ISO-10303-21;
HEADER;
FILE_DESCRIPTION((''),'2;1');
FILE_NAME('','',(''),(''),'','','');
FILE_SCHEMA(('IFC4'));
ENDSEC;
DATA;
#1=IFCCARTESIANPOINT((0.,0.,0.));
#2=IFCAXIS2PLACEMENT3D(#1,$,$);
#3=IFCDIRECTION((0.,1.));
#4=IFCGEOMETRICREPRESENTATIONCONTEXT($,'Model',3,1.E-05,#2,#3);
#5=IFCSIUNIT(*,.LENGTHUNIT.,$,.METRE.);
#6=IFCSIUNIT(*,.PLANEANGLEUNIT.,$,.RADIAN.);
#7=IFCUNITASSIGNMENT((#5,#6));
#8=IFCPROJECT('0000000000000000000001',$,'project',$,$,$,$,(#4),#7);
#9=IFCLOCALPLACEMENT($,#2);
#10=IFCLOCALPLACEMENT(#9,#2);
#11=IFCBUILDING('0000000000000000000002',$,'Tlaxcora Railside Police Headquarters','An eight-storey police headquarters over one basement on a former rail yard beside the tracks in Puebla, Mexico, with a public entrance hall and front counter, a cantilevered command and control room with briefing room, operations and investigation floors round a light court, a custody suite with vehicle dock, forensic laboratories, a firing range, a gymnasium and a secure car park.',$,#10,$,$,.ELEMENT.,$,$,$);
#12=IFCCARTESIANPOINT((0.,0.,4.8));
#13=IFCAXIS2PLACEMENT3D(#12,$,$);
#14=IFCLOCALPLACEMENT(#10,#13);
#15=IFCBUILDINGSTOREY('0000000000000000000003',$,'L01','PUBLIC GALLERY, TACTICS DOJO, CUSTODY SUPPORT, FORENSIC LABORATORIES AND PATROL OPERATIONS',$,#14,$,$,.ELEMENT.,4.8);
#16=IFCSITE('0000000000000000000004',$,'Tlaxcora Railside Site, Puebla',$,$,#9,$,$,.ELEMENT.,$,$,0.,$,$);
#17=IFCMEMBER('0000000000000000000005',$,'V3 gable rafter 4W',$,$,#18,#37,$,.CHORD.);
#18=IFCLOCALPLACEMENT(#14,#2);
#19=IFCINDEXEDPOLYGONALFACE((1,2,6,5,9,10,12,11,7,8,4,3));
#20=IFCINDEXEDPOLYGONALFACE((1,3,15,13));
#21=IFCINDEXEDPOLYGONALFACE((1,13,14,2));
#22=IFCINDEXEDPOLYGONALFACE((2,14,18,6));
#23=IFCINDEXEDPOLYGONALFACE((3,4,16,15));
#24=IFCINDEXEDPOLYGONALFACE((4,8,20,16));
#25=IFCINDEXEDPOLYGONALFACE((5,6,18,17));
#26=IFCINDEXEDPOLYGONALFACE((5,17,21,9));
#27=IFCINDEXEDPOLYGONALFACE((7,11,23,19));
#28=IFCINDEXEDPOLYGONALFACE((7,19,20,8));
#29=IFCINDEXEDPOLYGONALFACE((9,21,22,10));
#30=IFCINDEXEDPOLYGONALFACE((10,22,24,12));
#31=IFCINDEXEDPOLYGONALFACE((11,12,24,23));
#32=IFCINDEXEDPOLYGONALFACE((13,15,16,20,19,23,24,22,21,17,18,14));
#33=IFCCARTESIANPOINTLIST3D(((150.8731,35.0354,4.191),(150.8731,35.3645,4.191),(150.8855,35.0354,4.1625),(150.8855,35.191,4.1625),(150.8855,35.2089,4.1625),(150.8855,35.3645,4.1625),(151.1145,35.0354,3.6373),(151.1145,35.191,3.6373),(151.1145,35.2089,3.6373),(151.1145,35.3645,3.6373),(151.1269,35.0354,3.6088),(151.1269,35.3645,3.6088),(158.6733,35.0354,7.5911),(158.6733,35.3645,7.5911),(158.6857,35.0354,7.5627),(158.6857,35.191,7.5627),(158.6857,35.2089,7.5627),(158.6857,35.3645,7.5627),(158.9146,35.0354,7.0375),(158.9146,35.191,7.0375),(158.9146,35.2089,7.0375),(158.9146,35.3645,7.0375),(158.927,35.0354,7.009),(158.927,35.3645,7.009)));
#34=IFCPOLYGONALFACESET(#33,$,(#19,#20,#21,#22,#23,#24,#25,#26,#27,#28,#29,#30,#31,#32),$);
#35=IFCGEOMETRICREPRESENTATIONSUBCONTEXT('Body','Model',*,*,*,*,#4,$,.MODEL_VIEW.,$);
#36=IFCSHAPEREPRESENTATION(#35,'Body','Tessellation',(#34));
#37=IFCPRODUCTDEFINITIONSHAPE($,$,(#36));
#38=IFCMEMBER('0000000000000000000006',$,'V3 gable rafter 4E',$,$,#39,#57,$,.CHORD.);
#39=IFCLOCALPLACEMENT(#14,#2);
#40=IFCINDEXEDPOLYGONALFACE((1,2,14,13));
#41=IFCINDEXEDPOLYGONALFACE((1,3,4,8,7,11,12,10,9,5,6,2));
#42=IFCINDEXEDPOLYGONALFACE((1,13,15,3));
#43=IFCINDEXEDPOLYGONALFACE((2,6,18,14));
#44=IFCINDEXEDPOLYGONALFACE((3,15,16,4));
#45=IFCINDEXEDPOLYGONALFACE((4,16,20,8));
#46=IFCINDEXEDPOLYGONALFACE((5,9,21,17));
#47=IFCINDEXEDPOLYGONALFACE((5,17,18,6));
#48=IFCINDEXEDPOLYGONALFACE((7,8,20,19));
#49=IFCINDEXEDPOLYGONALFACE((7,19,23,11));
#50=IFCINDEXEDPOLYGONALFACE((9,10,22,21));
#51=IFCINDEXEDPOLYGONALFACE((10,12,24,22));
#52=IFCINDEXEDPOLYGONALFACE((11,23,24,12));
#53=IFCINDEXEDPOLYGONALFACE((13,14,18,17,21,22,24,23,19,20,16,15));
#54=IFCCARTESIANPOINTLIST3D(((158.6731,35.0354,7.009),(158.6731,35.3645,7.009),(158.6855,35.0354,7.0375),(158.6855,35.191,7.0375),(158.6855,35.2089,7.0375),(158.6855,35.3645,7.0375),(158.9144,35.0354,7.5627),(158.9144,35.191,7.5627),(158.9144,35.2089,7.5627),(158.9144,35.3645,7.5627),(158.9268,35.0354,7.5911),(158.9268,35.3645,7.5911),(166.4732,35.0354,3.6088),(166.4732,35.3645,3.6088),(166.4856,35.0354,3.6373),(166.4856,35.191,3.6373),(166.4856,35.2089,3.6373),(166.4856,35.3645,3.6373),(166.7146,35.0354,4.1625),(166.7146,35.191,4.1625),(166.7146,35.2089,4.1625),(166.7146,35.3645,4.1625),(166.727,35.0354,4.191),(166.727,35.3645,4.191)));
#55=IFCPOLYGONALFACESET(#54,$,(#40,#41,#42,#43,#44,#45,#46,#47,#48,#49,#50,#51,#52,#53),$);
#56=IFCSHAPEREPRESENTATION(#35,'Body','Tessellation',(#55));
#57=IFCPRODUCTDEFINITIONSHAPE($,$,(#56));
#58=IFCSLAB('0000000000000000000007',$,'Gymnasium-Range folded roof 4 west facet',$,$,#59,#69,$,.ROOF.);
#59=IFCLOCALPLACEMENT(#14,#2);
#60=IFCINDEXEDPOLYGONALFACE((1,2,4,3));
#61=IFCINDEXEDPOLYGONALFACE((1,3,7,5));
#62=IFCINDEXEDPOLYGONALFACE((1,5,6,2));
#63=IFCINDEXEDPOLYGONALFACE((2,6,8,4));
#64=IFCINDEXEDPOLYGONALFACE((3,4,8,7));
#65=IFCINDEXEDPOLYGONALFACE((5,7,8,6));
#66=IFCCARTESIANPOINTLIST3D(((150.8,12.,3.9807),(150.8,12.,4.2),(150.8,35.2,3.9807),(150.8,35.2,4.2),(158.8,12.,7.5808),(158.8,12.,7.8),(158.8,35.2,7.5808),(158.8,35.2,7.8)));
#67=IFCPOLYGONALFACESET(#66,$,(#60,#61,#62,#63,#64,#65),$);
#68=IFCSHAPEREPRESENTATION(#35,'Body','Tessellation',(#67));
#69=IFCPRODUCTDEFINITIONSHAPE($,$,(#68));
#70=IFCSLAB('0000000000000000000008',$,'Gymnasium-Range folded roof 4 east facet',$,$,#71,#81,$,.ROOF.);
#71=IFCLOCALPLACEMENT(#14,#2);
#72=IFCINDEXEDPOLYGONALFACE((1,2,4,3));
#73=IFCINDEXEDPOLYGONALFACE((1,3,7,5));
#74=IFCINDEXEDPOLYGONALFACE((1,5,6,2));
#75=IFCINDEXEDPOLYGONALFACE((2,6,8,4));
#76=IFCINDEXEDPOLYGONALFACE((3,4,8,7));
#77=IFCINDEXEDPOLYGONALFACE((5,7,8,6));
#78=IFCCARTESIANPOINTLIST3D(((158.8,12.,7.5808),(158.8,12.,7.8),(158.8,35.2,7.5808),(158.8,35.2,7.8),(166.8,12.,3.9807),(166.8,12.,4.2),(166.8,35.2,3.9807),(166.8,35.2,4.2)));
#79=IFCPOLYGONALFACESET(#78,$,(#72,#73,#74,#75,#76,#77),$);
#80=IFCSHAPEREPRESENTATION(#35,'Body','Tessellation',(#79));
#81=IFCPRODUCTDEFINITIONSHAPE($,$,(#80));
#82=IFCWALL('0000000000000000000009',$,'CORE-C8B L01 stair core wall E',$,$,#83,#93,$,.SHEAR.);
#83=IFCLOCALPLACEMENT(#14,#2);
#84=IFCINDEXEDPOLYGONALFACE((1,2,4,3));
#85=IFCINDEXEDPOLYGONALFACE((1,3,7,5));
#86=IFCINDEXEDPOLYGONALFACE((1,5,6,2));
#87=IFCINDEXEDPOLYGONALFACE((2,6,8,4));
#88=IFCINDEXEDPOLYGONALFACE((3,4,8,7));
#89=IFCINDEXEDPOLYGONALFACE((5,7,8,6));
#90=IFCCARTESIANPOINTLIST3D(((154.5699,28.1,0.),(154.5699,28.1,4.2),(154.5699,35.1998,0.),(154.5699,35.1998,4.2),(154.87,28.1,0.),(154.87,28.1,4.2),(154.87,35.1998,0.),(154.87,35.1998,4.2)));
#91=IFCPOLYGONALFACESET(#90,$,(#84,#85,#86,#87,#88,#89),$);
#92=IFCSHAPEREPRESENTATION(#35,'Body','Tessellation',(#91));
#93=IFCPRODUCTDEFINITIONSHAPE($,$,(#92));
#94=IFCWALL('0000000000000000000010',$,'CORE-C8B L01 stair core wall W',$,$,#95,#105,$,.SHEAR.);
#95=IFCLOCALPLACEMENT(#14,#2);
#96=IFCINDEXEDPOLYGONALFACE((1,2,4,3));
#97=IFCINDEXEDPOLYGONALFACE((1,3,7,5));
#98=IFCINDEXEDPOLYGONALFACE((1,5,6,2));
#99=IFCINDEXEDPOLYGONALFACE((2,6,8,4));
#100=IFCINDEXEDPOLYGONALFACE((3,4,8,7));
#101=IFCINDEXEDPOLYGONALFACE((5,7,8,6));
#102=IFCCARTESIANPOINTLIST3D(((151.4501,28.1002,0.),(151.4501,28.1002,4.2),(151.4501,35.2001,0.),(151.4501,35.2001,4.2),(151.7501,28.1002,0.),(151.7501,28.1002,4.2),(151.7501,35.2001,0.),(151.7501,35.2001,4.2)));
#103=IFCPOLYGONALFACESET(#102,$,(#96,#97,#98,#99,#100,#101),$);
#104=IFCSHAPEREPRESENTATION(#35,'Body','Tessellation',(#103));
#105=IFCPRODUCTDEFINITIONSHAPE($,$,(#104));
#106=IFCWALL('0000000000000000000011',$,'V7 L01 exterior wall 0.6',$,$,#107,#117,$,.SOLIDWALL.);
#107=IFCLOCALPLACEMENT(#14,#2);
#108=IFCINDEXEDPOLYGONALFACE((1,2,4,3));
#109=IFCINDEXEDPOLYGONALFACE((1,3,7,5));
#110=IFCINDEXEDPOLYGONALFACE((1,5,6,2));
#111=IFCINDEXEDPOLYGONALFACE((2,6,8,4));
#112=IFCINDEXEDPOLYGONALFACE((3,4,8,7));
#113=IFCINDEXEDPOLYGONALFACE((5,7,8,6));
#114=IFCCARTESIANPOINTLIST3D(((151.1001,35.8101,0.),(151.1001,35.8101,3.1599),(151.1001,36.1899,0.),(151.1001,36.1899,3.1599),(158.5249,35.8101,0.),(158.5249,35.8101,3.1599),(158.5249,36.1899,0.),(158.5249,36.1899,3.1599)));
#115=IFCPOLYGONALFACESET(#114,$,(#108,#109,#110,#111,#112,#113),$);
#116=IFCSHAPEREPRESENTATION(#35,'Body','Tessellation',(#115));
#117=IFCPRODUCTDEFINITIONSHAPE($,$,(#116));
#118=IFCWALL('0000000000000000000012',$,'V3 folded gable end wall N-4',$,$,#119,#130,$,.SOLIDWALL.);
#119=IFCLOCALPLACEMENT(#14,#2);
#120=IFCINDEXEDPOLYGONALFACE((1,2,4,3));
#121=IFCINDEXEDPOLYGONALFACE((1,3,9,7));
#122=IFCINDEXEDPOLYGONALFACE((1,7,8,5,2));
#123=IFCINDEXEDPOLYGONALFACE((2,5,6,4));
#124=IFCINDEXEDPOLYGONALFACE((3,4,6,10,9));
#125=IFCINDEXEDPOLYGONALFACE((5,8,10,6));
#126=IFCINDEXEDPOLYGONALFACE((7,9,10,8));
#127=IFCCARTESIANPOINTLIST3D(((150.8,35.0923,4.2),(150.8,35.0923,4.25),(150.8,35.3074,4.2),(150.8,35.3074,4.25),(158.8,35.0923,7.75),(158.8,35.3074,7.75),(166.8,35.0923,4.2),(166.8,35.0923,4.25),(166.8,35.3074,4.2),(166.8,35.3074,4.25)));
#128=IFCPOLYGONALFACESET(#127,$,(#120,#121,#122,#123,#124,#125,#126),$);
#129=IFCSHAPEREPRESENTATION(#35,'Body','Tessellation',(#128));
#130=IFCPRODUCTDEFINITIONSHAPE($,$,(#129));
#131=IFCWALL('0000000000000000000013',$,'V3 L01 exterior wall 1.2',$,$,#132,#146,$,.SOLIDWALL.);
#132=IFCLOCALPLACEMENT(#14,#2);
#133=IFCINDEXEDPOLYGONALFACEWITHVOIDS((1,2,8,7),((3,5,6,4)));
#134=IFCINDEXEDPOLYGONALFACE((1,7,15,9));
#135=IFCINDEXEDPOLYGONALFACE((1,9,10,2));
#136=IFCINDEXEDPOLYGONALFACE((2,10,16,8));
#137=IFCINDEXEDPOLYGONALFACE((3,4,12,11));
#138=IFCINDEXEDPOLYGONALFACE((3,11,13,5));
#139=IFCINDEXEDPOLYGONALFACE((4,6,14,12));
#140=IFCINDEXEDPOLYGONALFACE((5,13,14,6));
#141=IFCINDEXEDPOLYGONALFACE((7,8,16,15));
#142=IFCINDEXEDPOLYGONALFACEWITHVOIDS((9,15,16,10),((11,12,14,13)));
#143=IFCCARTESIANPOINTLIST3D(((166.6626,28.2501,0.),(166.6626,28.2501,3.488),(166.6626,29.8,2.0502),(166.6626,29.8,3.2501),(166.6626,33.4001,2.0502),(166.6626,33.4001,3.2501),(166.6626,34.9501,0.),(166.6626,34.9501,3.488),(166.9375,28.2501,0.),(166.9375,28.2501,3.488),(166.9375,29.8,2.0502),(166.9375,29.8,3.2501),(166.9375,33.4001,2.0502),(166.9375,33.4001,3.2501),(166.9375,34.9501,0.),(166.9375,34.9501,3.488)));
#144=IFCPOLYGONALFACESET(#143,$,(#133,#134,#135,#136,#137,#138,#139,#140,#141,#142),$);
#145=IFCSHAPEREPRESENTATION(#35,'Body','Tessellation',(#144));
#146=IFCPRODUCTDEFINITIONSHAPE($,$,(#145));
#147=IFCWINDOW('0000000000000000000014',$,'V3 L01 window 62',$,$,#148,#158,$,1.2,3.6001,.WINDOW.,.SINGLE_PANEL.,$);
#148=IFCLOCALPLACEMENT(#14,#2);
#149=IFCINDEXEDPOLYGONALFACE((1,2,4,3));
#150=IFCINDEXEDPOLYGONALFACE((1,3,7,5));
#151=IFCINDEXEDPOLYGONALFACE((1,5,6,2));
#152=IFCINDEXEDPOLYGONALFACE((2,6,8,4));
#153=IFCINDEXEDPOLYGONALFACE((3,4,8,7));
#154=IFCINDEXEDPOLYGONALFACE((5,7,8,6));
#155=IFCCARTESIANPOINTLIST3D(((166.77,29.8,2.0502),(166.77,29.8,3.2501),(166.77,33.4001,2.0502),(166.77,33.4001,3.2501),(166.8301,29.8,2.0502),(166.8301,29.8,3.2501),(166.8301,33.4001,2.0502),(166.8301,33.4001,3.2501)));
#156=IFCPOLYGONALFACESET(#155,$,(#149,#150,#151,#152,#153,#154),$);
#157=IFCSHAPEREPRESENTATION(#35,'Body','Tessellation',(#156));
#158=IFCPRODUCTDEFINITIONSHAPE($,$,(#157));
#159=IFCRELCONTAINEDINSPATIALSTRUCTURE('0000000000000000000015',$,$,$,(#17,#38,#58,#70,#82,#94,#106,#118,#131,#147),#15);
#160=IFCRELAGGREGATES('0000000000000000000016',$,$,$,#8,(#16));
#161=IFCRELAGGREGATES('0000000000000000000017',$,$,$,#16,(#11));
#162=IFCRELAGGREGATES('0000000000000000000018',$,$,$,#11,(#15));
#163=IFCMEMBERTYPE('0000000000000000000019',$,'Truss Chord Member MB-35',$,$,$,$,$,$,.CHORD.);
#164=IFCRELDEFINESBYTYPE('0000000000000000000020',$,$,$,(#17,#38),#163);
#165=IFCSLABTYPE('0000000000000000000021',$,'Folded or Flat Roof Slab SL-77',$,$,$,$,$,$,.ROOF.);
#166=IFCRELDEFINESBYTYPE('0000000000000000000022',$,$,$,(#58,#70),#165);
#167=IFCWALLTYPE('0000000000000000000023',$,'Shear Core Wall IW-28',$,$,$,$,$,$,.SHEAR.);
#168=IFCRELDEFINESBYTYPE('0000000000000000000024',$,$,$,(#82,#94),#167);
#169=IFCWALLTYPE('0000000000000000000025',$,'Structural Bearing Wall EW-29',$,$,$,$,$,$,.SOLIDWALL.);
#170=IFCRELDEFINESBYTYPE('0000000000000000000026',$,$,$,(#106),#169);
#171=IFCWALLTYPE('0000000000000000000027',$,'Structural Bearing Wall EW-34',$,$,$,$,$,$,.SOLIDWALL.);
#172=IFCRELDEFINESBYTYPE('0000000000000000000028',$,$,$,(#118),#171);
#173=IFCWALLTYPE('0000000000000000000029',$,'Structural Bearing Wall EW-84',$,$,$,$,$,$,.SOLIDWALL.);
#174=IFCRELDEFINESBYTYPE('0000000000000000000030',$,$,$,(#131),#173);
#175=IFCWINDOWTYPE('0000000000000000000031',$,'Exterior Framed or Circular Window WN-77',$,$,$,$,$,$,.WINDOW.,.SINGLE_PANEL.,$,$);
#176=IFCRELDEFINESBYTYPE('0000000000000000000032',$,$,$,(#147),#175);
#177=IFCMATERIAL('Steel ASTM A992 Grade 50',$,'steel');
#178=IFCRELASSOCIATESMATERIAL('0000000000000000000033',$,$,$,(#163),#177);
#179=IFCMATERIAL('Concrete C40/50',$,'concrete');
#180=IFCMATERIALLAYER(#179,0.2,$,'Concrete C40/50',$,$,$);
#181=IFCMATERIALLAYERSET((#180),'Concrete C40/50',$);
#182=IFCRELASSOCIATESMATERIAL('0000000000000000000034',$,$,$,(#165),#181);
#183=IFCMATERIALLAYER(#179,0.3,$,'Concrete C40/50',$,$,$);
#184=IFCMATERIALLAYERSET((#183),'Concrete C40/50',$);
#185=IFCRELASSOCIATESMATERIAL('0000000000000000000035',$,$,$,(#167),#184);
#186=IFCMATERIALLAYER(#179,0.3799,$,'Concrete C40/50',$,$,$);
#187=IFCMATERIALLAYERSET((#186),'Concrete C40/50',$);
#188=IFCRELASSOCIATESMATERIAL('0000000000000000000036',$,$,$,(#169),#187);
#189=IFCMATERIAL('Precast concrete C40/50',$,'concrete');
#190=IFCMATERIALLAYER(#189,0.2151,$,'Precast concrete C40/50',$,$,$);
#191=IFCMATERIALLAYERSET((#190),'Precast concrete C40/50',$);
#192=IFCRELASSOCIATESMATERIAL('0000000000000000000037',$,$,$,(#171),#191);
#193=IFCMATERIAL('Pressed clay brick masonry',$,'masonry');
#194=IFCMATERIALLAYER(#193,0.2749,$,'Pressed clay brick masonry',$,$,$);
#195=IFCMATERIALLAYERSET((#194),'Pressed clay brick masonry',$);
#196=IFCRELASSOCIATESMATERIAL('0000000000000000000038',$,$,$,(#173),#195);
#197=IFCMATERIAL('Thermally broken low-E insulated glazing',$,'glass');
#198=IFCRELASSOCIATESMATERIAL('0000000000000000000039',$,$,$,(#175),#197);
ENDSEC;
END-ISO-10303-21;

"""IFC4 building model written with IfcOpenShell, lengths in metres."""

from ifc_helpers import new_model, si_unit, direction, frame, frame_2d, origin, origin_2d, place, context, subcontext, project, spatial, polyline, rectangle, i_section, outline, extrude, material, layer, layer_set, material_profile, profile_set, type_object, element, fill, save


model = new_model("IFC4")

# Units and contexts
model_context = context("Model", 3, precision=1e-05, world=origin(), true_north=direction((0.0, 1.0)))
body_context = subcontext(model_context, "Body", "Model", "MODEL_VIEW")
ifc_project = project(units=[si_unit("LENGTHUNIT", "METRE"), si_unit("PLANEANGLEUNIT", "RADIAN")], contexts=[model_context])

# Site, building, storey
site_placement = place(None, origin())
site = spatial("IfcSite", under=ifc_project, at=site_placement, Name="Tlaxcora Railside Site, Puebla", CompositionType="ELEMENT", RefElevation=0.0)
building_placement = place(site_placement, origin())
building = spatial("IfcBuilding", under=site, at=building_placement, Name="Tlaxcora Railside Police Headquarters", Description="An eight-storey police headquarters over one basement on a former rail yard beside the tracks in Puebla, Mexico, with a public entrance hall and front counter, a cantilevered command and control room with briefing room, operations and investigation floors round a light court, a custody suite with vehicle dock, forensic laboratories, a firing range, a gymnasium and a secure car park.", CompositionType="ELEMENT")
storey_placement = place(building_placement, frame((0.0, 0.0, 4.8)))
storey = spatial("IfcBuildingStorey", under=building, at=storey_placement, Name="L01", Description="PUBLIC GALLERY, TACTICS DOJO, CUSTODY SUPPORT, FORENSIC LABORATORIES AND PATROL OPERATIONS", CompositionType="ELEMENT", Elevation=4.8)

# Shared definitions
ifc_material_1 = material(Name="Concrete C40/50", Category="concrete")

# Shared definitions
ifc_material_2 = material(Name="Steel ASTM A992 Grade 50", Category="steel")

# Members
ifc_material_profile_1 = material_profile(ifc_material_2, i_section(OverallWidth=0.3291, OverallDepth=0.635, WebThickness=0.0178, FlangeThickness=0.031, at=origin_2d()), Name="W24X162")
ifc_profile_set_1 = profile_set([ifc_material_profile_1], Name="Steel ASTM A992 Grade 50")
member_type = type_object("IfcMemberType", Name="Truss Chord Member MB-35", PredefinedType="CHORD", material=ifc_profile_set_1)
for number, where, z_axis, x_axis, name in (
    (1, (151.0, 35.2, 3.8999), (0.916691, 0.0, 0.399598), (0.0, 1.0, 0.0), "V3 gable rafter 4W"),
    (2, (166.6001, 35.2, 3.8999), (-0.916691, 0.0, 0.399598), (0.0, -1.0, 0.0), "V3 gable rafter 4E"),
):
    element("IfcMember", number, at=place(storey_placement, frame(where, z_axis=z_axis, x_axis=x_axis)), inside=storey, type_object=member_type, Name=name, PredefinedType="CHORD", context=body_context, shape_type="SweptSolid", body=[
        extrude(i_section(OverallWidth=0.3291, OverallDepth=0.635, WebThickness=0.0178, FlangeThickness=0.031, at=origin_2d()), origin(), (0.0, 0.0, 1.0), 8.509),
    ])

# Slabs
ifc_layer_1 = layer(ifc_material_1, 0.2, Name="Concrete C40/50")
ifc_layer_set_1 = layer_set([ifc_layer_1], Name="Concrete C40/50")
slab_type = type_object("IfcSlabType", Name="Folded or Flat Roof Slab SL-77", PredefinedType="ROOF", material=ifc_layer_set_1)
slab_1_placement = place(storey_placement, frame((150.8, 35.2, 0.0), z_axis=(0.0, -1.0, 0.0), x_axis=(1.0, 0.0, 0.0)))
element("IfcSlab", 3, at=slab_1_placement, inside=storey, type_object=slab_type, Name="Gymnasium-Range folded roof 4 west facet", PredefinedType="ROOF", context=body_context, shape_type="SweptSolid", body=[
    extrude(outline(polyline([(0.0, 3.9807), (8.0, 7.5808), (8.0, 7.8), (0.0, 4.2), (0.0, 3.9807)])), origin(), (0.0, 0.0, 1.0), 23.2),
])
slab_2_placement = place(storey_placement, frame((158.8, 35.2, 0.0), z_axis=(0.0, -1.0, 0.0), x_axis=(1.0, 0.0, 0.0)))
element("IfcSlab", 4, at=slab_2_placement, inside=storey, type_object=slab_type, Name="Gymnasium-Range folded roof 4 east facet", PredefinedType="ROOF", context=body_context, shape_type="SweptSolid", body=[
    extrude(outline(polyline([(0.0, 7.5808), (8.0, 3.9807), (8.0, 4.2), (0.0, 7.8), (0.0, 7.5808)])), origin(), (0.0, 0.0, 1.0), 23.2),
])

# Walls
ifc_layer_2 = layer(ifc_material_1, 0.3, Name="Concrete C40/50")
ifc_layer_set_2 = layer_set([ifc_layer_2], Name="Concrete C40/50")
wall_type_1 = type_object("IfcWallType", Name="Shear Core Wall IW-28", PredefinedType="SHEAR", material=ifc_layer_set_2)
for number, where, z_axis, x_axis, name in (
    (5, (154.72, 28.1001, 0.0), (0.0, 0.0, 1.0), (0.0, 1.0, 0.0), "CORE-C8B L01 stair core wall E"),
    (6, (151.6001, 35.2, 0.0), (0.0, 0.0, 1.0), (0.0, -1.0, 0.0), "CORE-C8B L01 stair core wall W"),
):
    element("IfcWall", number, at=place(storey_placement, frame(where, z_axis=z_axis, x_axis=x_axis)), inside=storey, type_object=wall_type_1, Name=name, PredefinedType="SHEAR", context=body_context, shape_type="SweptSolid", body=[
        extrude(rectangle(XDim=7.0999, YDim=0.3, at=frame_2d((3.5498, 0.0))), origin(), (0.0, 0.0, 1.0), 4.2),
    ])
ifc_layer_3 = layer(ifc_material_1, 0.3799, Name="Concrete C40/50")
ifc_layer_set_3 = layer_set([ifc_layer_3], Name="Concrete C40/50")
wall_type_2 = type_object("IfcWallType", Name="Structural Bearing Wall EW-29", PredefinedType="SOLIDWALL", material=ifc_layer_set_3)
wall_1_placement = place(storey_placement, frame((151.1001, 36.0, 0.0), z_axis=(0.0, 0.0, 1.0), x_axis=(1.0, 0.0, 0.0)))
element("IfcWall", 7, at=wall_1_placement, inside=storey, type_object=wall_type_2, Name="V7 L01 exterior wall 0.6", PredefinedType="SOLIDWALL", context=body_context, shape_type="SweptSolid", body=[
    extrude(rectangle(XDim=7.4248, YDim=0.3799, at=frame_2d((3.7124, 0.0))), origin(), (0.0, 0.0, 1.0), 3.1599),
])
ifc_material_3 = material(Name="Precast concrete C40/50", Category="concrete")
ifc_layer_4 = layer(ifc_material_3, 0.2151, Name="Precast concrete C40/50")
ifc_layer_set_4 = layer_set([ifc_layer_4], Name="Precast concrete C40/50")
wall_type_3 = type_object("IfcWallType", Name="Structural Bearing Wall EW-34", PredefinedType="SOLIDWALL", material=ifc_layer_set_4)
wall_2_placement = place(storey_placement, frame((150.8, 35.2, 4.2), z_axis=(0.0, 0.0, 1.0), x_axis=(1.0, 0.0, 0.0)))
element("IfcWall", 8, at=wall_2_placement, inside=storey, type_object=wall_type_3, Name="V3 folded gable end wall N-4", PredefinedType="SOLIDWALL", context=body_context, shape_type="SweptSolid", body=[
    extrude(outline(polyline([(0.0, 0.0), (16.0, 0.0), (16.0, 0.05), (8.0, 3.55), (0.0, 0.05), (0.0, 0.0)])), frame((0.0, 0.1074, 0.0), z_axis=(0.0, -1.0, 0.0), x_axis=(1.0, 0.0, 0.0)), (0.0, 0.0, 1.0), 0.2151),
])

# Wall, opening, window
ifc_material_4 = material(Name="Pressed clay brick masonry", Category="masonry")
ifc_layer_5 = layer(ifc_material_4, 0.2749, Name="Pressed clay brick masonry")
ifc_layer_set_5 = layer_set([ifc_layer_5], Name="Pressed clay brick masonry")
wall_type_4 = type_object("IfcWallType", Name="Structural Bearing Wall EW-84", PredefinedType="SOLIDWALL", material=ifc_layer_set_5)
wall_3_placement = place(storey_placement, frame((166.8, 28.25, 0.0), z_axis=(0.0, 0.0, 1.0), x_axis=(0.0, 1.0, 0.0)))
wall_3 = element("IfcWall", 9, at=wall_3_placement, inside=storey, type_object=wall_type_4, Name="V3 L01 exterior wall 1.2", PredefinedType="SOLIDWALL", context=body_context, shape_type="SweptSolid", body=[
    extrude(rectangle(XDim=6.7, YDim=0.2749, at=frame_2d((3.3501, 0.0))), origin(), (0.0, 0.0, 1.0), 3.488),
])
opening_1_placement = place(wall_3_placement, frame((1.55, 0.0, 2.05)))
opening_1 = element("IfcOpeningElement", 10, at=opening_1_placement, cuts=wall_3, PredefinedType="OPENING", context=body_context, shape_type="SweptSolid", body=[
    extrude(rectangle(XDim=3.6001, YDim=1.2, at=frame_2d((1.8, 0.6001))), frame((0.0, 0.1475, 0.0), z_axis=(0.0, -1.0, 0.0), x_axis=(1.0, 0.0, 0.0)), (0.0, 0.0, 1.0), 0.2949),
])
ifc_material_5 = material(Name="Thermally broken low-E insulated glazing", Category="glass")
window_type_1 = type_object("IfcWindowType", Name="Exterior Framed or Circular Window WN-77", PartitioningType="SINGLE_PANEL", PredefinedType="WINDOW", material=ifc_material_5)
window_1_placement = place(opening_1_placement, origin())
window_1 = element("IfcWindow", 11, at=window_1_placement, inside=storey, type_object=window_type_1, Name="V3 L01 window 62", OverallHeight=1.2, OverallWidth=3.6001, PartitioningType="SINGLE_PANEL", PredefinedType="WINDOW", context=body_context, shape_type="SweptSolid", body=[
    extrude(rectangle(XDim=3.6001, YDim=1.2, at=frame_2d((1.8, 0.6001))), frame((0.0, 0.03, 0.0), z_axis=(0.0, -1.0, 0.0), x_axis=(1.0, 0.0, 0.0)), (0.0, 0.0, 1.0), 0.0601),
])
fill(opening_1, window_1)

save(model, "model.ifc")
